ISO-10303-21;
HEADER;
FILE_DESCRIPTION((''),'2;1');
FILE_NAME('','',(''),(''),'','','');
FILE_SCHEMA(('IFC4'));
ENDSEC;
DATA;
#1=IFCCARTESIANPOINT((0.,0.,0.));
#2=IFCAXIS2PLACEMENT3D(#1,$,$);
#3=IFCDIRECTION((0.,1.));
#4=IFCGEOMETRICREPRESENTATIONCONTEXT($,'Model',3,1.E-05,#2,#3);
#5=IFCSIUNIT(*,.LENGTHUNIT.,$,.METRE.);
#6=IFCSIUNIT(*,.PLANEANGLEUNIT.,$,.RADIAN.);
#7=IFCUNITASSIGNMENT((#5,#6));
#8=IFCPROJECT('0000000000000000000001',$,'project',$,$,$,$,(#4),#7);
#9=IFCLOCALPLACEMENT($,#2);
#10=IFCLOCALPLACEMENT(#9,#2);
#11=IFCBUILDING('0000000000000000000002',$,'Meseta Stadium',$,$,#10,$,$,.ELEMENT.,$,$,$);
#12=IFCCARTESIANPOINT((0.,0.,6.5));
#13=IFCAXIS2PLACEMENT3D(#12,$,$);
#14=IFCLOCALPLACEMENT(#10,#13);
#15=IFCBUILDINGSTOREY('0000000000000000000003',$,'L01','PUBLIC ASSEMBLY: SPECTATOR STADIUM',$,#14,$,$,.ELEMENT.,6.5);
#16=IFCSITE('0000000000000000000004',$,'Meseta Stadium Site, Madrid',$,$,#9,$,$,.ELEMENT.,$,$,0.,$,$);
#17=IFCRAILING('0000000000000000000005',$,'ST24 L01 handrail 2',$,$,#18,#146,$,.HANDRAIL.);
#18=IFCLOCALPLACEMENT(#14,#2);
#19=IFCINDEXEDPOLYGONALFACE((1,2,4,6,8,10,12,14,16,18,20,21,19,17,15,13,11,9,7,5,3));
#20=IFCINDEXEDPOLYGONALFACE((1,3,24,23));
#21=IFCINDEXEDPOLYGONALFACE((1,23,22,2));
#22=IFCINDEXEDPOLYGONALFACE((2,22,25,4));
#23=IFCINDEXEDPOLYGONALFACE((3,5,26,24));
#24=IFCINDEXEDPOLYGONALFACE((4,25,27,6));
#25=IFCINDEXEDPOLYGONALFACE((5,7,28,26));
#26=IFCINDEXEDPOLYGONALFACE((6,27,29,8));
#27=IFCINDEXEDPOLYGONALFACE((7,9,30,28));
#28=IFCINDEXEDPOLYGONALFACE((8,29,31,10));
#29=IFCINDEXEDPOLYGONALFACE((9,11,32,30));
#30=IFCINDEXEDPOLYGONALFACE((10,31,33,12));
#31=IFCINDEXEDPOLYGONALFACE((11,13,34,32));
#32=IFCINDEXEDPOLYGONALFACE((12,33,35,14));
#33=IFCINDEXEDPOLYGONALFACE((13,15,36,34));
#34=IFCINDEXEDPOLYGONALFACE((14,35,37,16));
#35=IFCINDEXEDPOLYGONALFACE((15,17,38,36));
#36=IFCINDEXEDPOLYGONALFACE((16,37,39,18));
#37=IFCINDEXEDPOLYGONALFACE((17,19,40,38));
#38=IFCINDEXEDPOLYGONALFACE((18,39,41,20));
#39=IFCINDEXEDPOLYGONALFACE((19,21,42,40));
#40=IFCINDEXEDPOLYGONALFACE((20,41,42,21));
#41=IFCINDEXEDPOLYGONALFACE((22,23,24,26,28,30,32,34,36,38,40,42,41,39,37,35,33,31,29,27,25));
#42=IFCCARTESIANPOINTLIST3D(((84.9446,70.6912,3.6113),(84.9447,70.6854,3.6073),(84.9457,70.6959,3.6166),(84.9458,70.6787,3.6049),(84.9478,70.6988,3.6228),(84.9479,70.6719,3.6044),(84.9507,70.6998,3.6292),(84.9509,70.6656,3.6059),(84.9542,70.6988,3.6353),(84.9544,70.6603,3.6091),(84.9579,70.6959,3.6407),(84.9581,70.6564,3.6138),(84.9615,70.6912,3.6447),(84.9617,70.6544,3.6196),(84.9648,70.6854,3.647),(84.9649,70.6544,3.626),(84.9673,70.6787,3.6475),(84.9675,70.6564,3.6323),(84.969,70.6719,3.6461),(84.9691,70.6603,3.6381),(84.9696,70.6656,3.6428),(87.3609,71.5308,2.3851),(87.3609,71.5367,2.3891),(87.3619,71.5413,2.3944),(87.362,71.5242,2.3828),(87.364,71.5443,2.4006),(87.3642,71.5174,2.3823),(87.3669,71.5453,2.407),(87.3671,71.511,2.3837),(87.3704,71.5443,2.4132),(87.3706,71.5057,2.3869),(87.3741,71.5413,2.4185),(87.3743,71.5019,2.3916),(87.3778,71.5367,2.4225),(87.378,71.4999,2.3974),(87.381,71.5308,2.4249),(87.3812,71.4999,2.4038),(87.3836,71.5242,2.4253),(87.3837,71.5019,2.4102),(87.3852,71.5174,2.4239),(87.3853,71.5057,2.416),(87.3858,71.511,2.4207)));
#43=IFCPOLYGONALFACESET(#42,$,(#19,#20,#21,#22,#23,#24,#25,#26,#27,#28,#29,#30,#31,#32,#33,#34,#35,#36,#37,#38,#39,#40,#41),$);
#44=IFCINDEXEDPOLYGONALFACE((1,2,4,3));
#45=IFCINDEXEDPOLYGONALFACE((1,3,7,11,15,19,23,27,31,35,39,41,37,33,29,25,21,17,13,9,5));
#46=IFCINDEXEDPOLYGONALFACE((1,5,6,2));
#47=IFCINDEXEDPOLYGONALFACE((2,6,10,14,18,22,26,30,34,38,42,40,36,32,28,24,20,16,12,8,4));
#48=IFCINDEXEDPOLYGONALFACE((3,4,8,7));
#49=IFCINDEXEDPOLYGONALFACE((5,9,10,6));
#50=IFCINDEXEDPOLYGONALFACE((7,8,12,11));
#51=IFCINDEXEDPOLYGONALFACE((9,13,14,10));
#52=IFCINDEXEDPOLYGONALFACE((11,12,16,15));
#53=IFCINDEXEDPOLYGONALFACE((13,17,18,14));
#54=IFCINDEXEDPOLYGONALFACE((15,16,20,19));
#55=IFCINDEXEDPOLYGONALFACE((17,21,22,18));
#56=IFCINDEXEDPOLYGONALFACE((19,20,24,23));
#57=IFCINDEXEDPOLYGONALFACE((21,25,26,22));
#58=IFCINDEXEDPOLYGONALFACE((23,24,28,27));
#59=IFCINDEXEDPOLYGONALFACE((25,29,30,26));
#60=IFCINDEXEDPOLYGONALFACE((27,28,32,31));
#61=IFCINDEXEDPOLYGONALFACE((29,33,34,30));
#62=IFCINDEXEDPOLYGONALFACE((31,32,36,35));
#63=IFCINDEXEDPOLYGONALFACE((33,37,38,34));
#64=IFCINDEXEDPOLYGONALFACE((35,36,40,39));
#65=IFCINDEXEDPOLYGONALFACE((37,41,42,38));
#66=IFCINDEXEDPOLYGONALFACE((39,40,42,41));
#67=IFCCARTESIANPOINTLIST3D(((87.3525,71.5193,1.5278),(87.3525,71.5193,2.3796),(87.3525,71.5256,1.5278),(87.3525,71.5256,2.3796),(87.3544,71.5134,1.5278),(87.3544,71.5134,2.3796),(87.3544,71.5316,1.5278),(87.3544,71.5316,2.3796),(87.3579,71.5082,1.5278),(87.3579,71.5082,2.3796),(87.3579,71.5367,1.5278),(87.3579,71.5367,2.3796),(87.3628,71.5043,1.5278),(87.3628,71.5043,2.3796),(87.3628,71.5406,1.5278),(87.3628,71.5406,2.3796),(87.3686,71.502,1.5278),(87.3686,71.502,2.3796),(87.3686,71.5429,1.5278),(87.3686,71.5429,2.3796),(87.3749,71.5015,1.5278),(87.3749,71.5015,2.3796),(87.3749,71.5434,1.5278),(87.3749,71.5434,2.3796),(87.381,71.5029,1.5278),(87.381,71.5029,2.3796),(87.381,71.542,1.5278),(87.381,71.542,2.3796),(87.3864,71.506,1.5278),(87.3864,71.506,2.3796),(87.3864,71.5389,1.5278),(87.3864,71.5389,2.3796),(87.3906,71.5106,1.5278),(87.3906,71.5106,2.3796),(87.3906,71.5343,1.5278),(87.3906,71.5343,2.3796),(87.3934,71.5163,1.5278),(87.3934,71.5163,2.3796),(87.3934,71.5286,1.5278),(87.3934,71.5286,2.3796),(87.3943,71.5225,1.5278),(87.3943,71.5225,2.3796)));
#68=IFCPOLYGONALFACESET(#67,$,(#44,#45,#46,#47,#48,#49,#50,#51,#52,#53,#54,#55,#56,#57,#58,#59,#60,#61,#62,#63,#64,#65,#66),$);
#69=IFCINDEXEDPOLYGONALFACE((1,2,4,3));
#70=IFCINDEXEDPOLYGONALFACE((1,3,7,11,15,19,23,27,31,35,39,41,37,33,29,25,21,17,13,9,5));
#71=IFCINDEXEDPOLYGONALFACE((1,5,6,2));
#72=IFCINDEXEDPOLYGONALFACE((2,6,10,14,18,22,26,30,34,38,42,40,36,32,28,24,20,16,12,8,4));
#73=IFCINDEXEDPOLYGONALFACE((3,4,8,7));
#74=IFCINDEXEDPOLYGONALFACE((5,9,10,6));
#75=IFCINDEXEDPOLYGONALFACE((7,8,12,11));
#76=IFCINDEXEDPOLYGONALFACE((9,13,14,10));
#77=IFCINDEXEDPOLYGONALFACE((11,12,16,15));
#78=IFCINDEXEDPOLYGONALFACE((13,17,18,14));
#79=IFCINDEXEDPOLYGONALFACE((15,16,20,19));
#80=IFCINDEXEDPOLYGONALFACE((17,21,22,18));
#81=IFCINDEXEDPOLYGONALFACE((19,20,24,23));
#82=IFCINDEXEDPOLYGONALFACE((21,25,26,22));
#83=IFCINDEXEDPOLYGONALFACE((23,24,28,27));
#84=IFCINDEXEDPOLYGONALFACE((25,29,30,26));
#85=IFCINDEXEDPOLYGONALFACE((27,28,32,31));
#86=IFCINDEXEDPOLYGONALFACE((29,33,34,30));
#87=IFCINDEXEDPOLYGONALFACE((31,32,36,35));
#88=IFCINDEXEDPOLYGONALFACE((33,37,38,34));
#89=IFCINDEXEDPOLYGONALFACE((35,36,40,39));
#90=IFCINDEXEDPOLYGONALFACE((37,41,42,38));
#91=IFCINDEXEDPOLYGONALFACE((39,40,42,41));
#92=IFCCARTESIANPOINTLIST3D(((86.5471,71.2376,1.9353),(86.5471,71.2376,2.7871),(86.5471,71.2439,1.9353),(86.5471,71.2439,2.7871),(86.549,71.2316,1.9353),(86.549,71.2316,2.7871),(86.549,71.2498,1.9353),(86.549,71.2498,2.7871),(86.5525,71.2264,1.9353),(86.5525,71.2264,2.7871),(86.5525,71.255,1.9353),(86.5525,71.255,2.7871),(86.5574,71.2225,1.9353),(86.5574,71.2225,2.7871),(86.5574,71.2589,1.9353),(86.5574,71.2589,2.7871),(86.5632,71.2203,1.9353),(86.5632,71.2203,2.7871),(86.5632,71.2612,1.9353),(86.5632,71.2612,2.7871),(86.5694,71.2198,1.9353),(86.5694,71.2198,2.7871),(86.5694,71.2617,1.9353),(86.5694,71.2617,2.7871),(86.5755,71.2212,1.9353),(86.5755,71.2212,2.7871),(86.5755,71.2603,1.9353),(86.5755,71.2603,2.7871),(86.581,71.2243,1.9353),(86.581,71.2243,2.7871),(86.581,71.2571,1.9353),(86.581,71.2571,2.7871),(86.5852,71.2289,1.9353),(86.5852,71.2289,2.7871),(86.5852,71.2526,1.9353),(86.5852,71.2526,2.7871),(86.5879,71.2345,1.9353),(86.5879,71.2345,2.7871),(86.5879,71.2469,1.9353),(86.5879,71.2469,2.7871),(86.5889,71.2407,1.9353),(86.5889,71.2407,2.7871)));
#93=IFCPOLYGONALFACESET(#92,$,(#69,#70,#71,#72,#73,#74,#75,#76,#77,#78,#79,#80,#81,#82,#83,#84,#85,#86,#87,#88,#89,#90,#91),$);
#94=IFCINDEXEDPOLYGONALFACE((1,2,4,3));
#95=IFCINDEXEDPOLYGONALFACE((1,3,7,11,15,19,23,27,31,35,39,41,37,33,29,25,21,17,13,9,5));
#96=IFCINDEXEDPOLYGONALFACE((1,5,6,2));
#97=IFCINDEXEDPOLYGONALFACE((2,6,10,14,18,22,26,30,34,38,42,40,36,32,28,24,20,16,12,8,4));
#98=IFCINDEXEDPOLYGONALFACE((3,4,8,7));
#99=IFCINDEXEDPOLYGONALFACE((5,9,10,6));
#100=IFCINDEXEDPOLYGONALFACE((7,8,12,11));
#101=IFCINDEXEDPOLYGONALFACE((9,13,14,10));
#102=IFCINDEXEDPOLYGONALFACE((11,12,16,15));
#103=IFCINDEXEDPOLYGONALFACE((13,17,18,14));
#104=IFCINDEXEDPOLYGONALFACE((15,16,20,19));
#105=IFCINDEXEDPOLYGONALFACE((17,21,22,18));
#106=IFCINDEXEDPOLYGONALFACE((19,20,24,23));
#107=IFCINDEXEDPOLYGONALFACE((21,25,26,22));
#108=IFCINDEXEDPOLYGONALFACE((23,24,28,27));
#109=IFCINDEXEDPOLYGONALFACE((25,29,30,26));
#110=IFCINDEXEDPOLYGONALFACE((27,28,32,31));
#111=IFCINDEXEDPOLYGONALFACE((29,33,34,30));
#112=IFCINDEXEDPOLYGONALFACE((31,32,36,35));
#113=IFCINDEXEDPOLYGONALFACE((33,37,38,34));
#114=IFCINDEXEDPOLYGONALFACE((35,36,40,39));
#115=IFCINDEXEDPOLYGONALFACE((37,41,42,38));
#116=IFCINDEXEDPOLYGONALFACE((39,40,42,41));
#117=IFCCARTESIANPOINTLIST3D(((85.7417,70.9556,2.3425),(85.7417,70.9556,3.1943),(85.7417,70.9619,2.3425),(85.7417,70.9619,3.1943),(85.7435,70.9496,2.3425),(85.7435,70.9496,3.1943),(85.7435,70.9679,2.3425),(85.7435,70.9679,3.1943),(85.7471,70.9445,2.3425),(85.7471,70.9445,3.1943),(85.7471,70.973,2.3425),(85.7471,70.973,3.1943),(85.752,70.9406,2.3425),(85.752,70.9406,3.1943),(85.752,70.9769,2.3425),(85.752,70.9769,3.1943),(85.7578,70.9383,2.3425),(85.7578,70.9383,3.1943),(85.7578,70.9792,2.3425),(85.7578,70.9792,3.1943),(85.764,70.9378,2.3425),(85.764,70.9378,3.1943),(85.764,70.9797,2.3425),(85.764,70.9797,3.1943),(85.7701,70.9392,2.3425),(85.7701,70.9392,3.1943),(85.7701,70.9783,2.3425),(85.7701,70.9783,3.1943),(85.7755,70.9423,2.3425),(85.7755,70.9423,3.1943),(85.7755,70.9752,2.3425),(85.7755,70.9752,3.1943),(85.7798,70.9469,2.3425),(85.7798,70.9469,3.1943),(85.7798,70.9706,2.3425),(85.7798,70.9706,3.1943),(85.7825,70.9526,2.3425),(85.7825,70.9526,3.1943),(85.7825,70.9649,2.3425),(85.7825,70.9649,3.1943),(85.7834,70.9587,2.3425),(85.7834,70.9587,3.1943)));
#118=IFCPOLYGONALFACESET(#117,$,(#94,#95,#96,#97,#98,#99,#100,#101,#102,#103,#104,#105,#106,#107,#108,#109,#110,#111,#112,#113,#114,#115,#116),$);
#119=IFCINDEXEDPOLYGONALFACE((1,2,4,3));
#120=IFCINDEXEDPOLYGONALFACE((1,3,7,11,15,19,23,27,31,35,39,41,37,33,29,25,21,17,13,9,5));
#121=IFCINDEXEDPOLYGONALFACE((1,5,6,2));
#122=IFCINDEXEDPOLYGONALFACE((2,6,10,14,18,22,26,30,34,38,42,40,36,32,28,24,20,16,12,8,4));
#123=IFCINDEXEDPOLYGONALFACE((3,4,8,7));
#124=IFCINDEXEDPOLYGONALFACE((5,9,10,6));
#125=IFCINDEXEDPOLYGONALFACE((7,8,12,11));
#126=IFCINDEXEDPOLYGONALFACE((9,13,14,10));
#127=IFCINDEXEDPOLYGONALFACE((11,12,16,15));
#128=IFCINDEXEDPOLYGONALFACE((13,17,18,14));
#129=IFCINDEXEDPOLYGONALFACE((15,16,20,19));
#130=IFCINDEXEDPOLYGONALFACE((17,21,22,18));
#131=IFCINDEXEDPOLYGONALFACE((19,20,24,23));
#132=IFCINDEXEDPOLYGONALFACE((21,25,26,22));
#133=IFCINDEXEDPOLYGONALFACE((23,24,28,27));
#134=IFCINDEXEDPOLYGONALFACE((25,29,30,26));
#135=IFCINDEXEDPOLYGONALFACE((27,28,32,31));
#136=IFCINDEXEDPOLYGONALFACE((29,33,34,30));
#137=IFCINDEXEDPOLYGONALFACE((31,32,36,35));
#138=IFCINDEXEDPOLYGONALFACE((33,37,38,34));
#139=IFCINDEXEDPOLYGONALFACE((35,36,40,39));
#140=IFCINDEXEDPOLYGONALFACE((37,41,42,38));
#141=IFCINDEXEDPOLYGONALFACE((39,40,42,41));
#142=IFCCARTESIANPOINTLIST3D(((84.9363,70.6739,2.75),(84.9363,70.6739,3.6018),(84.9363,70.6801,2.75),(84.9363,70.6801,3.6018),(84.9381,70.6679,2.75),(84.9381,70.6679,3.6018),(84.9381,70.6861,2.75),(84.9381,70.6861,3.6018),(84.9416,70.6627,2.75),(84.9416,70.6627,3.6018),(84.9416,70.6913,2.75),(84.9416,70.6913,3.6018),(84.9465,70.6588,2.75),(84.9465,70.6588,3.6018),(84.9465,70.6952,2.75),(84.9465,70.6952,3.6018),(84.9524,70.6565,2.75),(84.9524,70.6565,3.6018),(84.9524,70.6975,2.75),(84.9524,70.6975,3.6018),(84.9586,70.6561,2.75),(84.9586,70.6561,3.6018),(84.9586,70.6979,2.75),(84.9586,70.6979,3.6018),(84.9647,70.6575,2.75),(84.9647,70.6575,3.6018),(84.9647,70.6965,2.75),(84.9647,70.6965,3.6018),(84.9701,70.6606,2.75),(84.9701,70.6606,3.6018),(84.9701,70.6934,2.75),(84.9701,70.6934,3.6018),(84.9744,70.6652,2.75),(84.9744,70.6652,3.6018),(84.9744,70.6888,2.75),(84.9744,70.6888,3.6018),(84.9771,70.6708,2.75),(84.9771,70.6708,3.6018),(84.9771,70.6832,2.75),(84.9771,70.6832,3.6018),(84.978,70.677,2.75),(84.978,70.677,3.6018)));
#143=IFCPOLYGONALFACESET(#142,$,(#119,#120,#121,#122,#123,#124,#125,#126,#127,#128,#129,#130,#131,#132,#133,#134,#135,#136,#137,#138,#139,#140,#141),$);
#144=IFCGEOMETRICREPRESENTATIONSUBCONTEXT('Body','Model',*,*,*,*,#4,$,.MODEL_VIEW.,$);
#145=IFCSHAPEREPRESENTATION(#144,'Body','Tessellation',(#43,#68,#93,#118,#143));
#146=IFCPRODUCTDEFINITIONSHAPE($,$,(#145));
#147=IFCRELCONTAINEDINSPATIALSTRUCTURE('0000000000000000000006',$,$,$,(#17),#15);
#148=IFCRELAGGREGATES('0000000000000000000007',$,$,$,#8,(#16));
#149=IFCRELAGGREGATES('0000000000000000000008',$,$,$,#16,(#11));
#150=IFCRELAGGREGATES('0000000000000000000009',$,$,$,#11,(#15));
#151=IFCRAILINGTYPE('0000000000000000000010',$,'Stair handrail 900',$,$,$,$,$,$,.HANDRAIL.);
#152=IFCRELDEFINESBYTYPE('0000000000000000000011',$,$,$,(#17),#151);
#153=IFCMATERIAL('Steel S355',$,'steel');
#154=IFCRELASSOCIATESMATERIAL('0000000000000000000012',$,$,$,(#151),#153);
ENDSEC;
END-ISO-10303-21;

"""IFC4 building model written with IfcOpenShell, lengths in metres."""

from ifc_helpers import new_model, si_unit, direction, frame, origin, origin_2d, place, context, subcontext, project, spatial, circle, extrude, material, type_object, element, save


model = new_model("IFC4")

# Units and contexts
model_context = context("Model", 3, precision=1e-05, world=origin(), true_north=direction((0.0, 1.0)))
body_context = subcontext(model_context, "Body", "Model", "MODEL_VIEW")
ifc_project = project(units=[si_unit("LENGTHUNIT", "METRE"), si_unit("PLANEANGLEUNIT", "RADIAN")], contexts=[model_context])

# Site, building, storey
site_placement = place(None, origin())
site = spatial("IfcSite", under=ifc_project, at=site_placement, Name="Meseta Stadium Site, Madrid", CompositionType="ELEMENT", RefElevation=0.0)
building_placement = place(site_placement, origin())
building = spatial("IfcBuilding", under=site, at=building_placement, Name="Meseta Stadium", CompositionType="ELEMENT")
storey_placement = place(building_placement, frame((0.0, 0.0, 6.5)))
storey = spatial("IfcBuildingStorey", under=building, at=storey_placement, Name="L01", Description="PUBLIC ASSEMBLY: SPECTATOR STADIUM", CompositionType="ELEMENT", Elevation=6.5)

# Railing
ifc_material_1 = material(Name="Steel S355", Category="steel")
railing_type_1 = type_object("IfcRailingType", Name="Stair handrail 900", PredefinedType="HANDRAIL", material=ifc_material_1)
for number, where, name in (
    (1, (87.3733, 71.5225, 1.5278), "ST24 L01 handrail 2"),
):
    element("IfcRailing", number, at=place(storey_placement, frame(where)), inside=storey, type_object=railing_type_1, Name=name, PredefinedType="HANDRAIL", context=body_context, shape_type="SweptSolid", body=[
        extrude(circle(Radius=0.0239, at=origin_2d()), frame((0.0, 0.0, 0.876), z_axis=(-0.851789, -0.298044, 0.430843), x_axis=(0.33027, -0.943887, 0.0)), (0.0, 0.0, 1.0), 2.8367),
        extrude(circle(Radius=0.021, at=origin_2d()), origin(), (0.0, 0.0, 1.0), 0.8518),
        extrude(circle(Radius=0.021, at=origin_2d()), frame((-0.8054, -0.2817, 0.4075)), (0.0, 0.0, 1.0), 0.8518),
        extrude(circle(Radius=0.021, at=origin_2d()), frame((-1.6108, -0.5637, 0.8147)), (0.0, 0.0, 1.0), 0.8518),
        extrude(circle(Radius=0.021, at=origin_2d()), frame((-2.4163, -0.8455, 1.2222)), (0.0, 0.0, 1.0), 0.8518),
    ])

save(model, "model.ifc")
